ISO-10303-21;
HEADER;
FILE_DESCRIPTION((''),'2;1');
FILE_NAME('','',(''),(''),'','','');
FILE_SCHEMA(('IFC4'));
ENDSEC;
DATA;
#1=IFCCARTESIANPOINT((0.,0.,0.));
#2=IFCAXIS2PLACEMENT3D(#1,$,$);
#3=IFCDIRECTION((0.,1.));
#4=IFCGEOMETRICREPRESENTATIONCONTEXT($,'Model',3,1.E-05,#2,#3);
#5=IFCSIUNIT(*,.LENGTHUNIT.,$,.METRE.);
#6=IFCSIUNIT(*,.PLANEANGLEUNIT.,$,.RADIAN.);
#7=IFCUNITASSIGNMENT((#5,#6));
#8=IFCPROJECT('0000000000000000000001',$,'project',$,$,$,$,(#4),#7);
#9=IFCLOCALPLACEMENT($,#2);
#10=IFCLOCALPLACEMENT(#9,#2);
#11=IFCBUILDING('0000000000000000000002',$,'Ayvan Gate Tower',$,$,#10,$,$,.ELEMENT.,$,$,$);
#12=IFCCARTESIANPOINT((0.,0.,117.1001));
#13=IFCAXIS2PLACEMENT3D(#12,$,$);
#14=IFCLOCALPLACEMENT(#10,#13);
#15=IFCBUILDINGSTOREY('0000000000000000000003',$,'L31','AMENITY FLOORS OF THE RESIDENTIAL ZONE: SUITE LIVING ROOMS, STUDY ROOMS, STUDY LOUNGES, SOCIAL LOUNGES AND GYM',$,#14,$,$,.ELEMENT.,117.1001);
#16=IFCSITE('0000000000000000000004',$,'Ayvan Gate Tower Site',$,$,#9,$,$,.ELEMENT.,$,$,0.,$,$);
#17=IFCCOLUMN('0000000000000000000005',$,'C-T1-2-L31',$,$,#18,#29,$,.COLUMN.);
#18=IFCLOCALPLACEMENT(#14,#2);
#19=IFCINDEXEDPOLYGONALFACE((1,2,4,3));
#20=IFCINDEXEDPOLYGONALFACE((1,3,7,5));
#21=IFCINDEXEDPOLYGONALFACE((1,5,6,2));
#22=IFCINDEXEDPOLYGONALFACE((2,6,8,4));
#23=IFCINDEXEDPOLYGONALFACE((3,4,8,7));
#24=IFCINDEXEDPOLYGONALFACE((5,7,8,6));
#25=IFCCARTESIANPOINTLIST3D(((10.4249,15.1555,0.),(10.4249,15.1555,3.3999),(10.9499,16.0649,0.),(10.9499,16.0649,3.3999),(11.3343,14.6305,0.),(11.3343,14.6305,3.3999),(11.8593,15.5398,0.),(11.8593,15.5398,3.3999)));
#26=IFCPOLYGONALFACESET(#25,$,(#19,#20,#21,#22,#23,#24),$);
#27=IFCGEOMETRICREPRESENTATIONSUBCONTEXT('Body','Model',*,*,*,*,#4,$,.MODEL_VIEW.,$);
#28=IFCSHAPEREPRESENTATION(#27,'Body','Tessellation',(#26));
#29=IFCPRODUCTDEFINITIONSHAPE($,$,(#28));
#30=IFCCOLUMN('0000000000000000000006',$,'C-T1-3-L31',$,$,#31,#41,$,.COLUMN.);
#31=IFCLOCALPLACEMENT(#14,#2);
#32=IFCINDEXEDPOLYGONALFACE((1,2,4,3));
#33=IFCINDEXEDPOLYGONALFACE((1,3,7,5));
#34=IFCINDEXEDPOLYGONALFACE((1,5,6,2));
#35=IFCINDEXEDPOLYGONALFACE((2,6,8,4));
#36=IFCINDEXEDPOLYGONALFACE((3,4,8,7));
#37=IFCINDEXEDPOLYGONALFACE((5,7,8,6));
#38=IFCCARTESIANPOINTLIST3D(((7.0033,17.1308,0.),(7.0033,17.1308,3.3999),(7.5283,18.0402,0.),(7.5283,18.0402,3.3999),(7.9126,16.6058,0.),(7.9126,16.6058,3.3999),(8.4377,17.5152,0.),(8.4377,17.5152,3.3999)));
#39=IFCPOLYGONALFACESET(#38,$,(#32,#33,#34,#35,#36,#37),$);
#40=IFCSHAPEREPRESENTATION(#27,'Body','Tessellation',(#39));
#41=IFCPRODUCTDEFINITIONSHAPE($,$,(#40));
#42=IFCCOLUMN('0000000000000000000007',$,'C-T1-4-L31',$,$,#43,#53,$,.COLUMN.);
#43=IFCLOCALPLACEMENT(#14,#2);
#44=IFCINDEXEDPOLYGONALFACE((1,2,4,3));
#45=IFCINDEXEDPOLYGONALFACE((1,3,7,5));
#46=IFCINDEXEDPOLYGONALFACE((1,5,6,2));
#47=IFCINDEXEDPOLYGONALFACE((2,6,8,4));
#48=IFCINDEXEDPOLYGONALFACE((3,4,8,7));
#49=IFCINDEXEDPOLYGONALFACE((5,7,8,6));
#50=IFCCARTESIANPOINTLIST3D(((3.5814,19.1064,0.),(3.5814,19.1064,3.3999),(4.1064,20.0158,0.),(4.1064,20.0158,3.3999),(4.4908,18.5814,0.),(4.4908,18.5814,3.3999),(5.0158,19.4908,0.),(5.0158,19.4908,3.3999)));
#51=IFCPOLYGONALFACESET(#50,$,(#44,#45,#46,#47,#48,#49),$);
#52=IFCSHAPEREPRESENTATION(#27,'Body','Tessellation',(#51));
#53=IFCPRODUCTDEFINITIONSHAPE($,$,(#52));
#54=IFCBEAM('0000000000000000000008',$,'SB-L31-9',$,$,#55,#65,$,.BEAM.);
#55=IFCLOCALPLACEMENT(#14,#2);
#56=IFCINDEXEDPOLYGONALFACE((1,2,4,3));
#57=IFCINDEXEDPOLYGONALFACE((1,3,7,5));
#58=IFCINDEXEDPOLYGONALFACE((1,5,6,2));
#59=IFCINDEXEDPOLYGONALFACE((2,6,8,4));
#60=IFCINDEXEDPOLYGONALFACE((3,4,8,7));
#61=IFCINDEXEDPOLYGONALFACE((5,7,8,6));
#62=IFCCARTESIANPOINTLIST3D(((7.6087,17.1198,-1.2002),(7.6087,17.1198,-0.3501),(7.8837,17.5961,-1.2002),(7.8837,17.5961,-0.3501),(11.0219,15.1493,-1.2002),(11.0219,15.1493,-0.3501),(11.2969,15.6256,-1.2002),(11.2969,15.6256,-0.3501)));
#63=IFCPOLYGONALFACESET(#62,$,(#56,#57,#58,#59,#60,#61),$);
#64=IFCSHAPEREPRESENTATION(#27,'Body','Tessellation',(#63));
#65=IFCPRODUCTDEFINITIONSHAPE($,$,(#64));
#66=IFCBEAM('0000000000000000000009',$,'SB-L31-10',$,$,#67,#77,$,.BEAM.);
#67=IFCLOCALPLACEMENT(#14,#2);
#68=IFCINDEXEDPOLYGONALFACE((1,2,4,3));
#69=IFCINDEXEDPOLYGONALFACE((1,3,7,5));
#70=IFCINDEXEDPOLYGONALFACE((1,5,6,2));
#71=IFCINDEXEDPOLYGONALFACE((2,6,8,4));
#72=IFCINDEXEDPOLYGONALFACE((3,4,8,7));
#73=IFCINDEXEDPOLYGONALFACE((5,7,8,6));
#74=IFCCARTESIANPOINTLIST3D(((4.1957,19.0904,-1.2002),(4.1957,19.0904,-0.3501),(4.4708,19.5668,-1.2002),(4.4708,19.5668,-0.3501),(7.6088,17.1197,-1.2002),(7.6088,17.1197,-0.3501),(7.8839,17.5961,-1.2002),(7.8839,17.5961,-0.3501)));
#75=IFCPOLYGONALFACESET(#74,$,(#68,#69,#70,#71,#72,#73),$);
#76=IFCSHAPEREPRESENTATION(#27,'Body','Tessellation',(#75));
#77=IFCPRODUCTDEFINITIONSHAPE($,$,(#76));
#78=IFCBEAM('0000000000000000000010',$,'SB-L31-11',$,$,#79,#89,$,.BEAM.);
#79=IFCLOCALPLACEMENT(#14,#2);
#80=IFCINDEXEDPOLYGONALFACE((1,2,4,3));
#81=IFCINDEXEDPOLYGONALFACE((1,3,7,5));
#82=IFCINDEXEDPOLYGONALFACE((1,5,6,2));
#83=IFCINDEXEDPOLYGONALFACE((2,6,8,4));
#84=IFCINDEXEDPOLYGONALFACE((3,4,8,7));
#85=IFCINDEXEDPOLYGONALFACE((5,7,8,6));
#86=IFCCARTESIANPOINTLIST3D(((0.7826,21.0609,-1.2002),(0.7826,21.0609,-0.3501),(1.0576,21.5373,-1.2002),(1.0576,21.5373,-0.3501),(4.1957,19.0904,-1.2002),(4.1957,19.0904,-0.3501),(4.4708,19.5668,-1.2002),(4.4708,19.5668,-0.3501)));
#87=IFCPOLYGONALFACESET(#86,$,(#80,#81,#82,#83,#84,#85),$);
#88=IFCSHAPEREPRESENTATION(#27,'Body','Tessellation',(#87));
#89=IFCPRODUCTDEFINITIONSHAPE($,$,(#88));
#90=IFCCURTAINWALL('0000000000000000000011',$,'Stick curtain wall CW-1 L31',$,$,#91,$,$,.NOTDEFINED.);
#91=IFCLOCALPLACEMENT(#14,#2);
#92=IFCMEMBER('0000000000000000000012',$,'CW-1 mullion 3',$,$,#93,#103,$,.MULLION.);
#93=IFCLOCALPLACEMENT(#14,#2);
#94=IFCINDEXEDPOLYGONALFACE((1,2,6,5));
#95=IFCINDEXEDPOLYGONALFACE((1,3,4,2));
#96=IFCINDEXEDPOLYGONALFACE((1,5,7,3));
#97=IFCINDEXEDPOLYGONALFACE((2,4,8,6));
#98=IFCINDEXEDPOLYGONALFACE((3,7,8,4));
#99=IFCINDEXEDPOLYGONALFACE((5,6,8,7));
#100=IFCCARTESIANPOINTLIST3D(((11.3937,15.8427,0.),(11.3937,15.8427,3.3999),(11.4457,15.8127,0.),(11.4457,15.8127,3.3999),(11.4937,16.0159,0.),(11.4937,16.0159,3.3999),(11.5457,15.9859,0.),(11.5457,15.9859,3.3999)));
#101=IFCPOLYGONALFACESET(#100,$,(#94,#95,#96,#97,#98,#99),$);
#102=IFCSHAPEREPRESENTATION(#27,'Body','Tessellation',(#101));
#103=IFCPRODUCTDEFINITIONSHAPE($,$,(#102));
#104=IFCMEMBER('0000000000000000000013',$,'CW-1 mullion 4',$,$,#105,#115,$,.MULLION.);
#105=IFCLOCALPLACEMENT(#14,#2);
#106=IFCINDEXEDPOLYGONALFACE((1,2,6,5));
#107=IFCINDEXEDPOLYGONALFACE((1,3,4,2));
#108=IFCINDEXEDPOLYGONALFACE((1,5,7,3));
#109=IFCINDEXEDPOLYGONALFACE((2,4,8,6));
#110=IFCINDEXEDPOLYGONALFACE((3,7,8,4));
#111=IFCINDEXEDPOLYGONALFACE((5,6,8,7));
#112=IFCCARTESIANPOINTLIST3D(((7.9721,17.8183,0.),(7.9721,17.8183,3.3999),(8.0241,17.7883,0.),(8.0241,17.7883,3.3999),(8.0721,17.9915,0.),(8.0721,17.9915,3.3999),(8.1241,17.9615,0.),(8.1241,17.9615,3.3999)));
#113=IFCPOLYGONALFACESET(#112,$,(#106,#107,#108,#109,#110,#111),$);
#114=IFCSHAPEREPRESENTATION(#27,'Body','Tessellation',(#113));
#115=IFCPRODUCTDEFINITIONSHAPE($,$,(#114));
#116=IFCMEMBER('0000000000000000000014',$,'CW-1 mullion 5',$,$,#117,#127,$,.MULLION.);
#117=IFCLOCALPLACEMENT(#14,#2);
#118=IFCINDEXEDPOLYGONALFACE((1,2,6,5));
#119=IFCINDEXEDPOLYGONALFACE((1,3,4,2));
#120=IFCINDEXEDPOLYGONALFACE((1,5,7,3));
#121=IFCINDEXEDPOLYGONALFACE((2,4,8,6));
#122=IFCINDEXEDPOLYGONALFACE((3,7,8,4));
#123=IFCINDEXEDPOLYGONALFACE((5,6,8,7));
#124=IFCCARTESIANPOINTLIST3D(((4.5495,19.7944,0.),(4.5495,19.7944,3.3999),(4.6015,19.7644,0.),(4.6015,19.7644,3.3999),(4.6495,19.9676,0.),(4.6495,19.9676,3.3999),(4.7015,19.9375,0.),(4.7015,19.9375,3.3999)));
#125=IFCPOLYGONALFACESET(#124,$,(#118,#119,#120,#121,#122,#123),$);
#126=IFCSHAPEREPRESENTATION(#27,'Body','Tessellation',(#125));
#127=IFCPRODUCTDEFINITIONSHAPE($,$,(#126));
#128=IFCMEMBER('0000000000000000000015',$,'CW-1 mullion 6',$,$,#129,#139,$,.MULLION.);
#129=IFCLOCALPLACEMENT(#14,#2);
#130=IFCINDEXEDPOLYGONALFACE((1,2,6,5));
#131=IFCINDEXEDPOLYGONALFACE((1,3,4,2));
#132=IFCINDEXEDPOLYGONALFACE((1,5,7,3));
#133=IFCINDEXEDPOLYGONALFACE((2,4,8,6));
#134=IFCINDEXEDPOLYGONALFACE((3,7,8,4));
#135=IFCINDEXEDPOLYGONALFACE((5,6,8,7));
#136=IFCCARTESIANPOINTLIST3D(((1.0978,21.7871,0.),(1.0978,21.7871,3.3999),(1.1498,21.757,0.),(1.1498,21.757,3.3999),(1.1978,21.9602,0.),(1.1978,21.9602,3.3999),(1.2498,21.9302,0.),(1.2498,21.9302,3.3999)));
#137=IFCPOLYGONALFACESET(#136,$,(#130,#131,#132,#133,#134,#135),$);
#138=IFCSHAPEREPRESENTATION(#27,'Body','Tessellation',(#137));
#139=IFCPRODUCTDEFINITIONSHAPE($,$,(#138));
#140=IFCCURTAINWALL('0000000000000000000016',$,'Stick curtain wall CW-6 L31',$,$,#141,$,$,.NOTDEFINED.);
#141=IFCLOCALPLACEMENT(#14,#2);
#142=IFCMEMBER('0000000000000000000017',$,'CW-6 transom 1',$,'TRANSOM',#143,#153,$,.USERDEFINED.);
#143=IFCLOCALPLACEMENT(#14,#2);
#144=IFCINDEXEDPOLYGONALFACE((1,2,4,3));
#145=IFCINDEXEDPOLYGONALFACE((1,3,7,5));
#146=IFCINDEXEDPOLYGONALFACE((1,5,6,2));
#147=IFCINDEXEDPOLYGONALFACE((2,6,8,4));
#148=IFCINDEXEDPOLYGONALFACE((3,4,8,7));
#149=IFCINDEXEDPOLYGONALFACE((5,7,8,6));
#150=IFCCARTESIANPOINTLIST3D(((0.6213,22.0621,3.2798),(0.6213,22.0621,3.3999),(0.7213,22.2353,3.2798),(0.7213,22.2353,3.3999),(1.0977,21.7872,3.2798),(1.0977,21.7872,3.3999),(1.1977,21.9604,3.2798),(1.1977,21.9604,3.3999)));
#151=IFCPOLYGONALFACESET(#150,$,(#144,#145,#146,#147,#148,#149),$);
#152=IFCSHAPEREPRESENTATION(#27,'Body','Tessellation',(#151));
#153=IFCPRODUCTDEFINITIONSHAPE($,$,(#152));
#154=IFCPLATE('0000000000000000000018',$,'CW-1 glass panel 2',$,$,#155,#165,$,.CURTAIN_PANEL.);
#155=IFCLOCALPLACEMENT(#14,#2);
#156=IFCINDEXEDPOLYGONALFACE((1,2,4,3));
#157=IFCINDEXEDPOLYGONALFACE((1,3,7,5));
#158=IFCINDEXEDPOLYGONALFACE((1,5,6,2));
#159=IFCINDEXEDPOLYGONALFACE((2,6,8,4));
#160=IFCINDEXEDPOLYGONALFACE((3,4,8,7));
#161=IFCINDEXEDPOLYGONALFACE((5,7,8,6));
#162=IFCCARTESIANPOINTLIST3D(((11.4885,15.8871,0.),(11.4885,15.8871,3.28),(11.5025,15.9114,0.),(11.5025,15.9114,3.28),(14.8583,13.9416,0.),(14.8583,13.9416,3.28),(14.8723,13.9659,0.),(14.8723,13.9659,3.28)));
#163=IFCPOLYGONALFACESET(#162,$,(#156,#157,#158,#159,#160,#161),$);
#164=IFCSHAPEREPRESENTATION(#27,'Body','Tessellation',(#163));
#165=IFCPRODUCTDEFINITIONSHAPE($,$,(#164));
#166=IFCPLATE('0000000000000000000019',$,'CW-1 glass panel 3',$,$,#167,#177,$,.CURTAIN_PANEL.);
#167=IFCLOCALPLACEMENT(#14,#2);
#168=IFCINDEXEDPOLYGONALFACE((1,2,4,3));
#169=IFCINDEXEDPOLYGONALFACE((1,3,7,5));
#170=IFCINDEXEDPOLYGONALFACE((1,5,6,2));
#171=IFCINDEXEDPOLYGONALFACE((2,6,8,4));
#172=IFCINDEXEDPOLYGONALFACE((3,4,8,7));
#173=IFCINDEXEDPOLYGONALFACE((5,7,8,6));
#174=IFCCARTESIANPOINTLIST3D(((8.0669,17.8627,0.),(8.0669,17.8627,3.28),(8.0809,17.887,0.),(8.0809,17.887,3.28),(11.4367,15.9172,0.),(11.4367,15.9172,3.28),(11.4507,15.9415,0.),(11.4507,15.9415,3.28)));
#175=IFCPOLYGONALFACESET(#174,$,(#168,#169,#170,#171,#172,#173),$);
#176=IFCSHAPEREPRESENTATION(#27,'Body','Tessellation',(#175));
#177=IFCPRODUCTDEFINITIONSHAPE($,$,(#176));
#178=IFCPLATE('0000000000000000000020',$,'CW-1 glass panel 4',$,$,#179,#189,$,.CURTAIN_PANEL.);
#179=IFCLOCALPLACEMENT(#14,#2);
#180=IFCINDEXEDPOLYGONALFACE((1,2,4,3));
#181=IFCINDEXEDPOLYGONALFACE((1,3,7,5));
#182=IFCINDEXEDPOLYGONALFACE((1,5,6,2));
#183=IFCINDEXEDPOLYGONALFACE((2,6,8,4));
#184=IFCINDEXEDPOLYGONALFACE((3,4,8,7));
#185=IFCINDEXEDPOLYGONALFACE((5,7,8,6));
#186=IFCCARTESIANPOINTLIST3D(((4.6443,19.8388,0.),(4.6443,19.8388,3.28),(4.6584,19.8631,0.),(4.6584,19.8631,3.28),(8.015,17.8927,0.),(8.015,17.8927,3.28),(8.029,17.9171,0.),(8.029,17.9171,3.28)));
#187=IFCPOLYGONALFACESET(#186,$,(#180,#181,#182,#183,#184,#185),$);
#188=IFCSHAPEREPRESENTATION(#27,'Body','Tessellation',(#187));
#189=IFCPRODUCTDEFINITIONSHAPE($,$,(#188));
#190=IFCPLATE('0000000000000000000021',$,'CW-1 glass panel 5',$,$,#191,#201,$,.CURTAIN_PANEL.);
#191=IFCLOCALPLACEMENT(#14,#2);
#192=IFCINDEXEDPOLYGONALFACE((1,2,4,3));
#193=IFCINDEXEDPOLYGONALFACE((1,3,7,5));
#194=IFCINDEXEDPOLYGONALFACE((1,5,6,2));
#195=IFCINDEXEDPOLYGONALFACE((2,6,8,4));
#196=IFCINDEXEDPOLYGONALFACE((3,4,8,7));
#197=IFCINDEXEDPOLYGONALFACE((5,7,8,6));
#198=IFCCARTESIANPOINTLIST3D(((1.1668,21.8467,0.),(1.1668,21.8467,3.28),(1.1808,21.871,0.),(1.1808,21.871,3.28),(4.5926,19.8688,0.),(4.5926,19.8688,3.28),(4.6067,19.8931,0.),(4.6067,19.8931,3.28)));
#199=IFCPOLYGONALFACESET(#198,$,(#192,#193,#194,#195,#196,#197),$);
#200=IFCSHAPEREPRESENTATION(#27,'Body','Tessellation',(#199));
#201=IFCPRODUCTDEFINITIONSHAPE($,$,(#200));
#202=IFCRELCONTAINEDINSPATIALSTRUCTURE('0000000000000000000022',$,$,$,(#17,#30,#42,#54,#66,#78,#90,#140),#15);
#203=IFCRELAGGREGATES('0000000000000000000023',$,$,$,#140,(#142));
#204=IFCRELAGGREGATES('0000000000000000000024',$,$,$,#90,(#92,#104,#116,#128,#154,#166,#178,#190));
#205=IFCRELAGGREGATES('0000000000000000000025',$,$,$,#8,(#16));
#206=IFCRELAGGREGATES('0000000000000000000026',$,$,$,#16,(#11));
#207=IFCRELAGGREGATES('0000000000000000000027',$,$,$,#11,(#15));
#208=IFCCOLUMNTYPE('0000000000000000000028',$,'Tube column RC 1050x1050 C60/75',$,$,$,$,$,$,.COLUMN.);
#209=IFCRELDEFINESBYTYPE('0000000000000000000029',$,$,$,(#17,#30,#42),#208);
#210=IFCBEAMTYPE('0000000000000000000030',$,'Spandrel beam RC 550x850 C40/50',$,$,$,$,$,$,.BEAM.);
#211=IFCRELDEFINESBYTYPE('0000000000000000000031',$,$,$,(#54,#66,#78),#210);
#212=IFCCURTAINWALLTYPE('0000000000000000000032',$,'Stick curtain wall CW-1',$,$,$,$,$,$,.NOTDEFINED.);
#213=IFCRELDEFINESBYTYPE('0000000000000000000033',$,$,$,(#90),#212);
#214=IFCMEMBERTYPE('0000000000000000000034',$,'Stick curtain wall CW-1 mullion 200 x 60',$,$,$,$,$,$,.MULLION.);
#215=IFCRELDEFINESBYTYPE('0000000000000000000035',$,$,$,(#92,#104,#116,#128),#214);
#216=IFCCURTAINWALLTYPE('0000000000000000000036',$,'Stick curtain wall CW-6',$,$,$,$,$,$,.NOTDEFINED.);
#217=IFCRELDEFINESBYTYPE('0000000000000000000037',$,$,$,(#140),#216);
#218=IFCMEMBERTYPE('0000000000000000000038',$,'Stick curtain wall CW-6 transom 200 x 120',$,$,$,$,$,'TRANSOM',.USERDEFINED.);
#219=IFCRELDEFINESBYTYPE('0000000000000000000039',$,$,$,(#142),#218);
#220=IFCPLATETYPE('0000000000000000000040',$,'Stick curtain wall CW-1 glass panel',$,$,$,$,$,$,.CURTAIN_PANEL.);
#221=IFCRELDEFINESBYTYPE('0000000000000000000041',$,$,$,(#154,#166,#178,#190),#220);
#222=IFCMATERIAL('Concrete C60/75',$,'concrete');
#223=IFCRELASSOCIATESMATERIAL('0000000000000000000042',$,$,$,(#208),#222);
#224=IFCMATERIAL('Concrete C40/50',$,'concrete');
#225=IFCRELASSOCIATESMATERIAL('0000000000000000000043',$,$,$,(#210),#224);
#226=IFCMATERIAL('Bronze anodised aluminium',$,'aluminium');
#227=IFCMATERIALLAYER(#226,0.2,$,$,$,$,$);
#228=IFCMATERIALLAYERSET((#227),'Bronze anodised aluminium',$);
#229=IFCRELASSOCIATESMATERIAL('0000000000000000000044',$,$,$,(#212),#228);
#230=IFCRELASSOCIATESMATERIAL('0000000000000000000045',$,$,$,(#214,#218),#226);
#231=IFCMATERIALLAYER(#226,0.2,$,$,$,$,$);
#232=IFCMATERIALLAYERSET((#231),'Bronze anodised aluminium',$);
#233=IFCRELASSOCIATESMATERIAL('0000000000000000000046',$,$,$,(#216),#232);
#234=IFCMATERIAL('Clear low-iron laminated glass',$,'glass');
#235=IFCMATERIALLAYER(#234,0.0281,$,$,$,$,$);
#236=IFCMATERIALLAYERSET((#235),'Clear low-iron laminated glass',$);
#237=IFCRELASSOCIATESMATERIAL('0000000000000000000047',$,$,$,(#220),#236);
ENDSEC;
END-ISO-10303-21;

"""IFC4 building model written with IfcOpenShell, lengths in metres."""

from ifc_helpers import new_model, si_unit, direction, frame, origin, origin_2d, place, context, subcontext, project, spatial, rectangle, extrude, material, layer, layer_set, material_profile, profile_set, type_object, element, aggregate, save


model = new_model("IFC4")

# Units and contexts
model_context = context("Model", 3, precision=1e-05, world=origin(), true_north=direction((0.0, 1.0)))
body_context = subcontext(model_context, "Body", "Model", "MODEL_VIEW")
ifc_project = project(units=[si_unit("LENGTHUNIT", "METRE"), si_unit("PLANEANGLEUNIT", "RADIAN")], contexts=[model_context])

# Site, building, storey
site_placement = place(None, origin())
site = spatial("IfcSite", under=ifc_project, at=site_placement, Name="Ayvan Gate Tower Site", CompositionType="ELEMENT", RefElevation=0.0)
building_placement = place(site_placement, origin())
building = spatial("IfcBuilding", under=site, at=building_placement, Name="Ayvan Gate Tower", CompositionType="ELEMENT")
storey_placement = place(building_placement, frame((0.0, 0.0, 117.1001)))
storey = spatial("IfcBuildingStorey", under=building, at=storey_placement, Name="L31", Description="AMENITY FLOORS OF THE RESIDENTIAL ZONE: SUITE LIVING ROOMS, STUDY ROOMS, STUDY LOUNGES, SOCIAL LOUNGES AND GYM", CompositionType="ELEMENT", Elevation=117.1001)

# Columns
ifc_material_1 = material(Name="Concrete C60/75", Category="concrete")
ifc_material_profile_1 = material_profile(ifc_material_1, rectangle(XDim=1.05, YDim=1.05, at=origin_2d()), Name="RC 1050x1050")
ifc_profile_set_1 = profile_set([ifc_material_profile_1], Name="Concrete C60/75")
column_type = type_object("IfcColumnType", Name="Tube column RC 1050x1050 C60/75", PredefinedType="COLUMN", material=ifc_profile_set_1)
for number, where, z_axis, x_axis, name in (
    (1, (11.1421, 15.3477, 0.0), (0.0, 0.0, 1.0), (0.5, 0.866025, 0.0), "C-T1-2-L31"),
    (2, (7.7205, 17.323, 0.0), (0.0, 0.0, 1.0), (0.5, 0.866025, 0.0), "C-T1-3-L31"),
    (3, (4.2986, 19.2986, 0.0), (0.0, 0.0, 1.0), (0.5, 0.866025, 0.0), "C-T1-4-L31"),
):
    element("IfcColumn", number, at=place(storey_placement, frame(where, z_axis=z_axis, x_axis=x_axis)), inside=storey, type_object=column_type, Name=name, PredefinedType="COLUMN", context=body_context, shape_type="SweptSolid", body=[
        extrude(rectangle(XDim=1.05, YDim=1.05, at=origin_2d()), origin(), (0.0, 0.0, 1.0), 3.3999),
    ])

# Beams
ifc_material_2 = material(Name="Concrete C40/50", Category="concrete")
ifc_material_profile_2 = material_profile(ifc_material_2, rectangle(XDim=0.55, YDim=0.8501, at=origin_2d()), Name="RC 550x850")
ifc_profile_set_2 = profile_set([ifc_material_profile_2], Name="Concrete C40/50")
beam_type = type_object("IfcBeamType", Name="Spandrel beam RC 550x850 C40/50", PredefinedType="BEAM", material=ifc_profile_set_2)
for number, where, z_axis, x_axis, name in (
    (4, (11.1594, 15.3875, -0.7751), (-0.866035, 0.499983, 0.0), (-0.499983, -0.866035, 0.0), "SB-L31-9"),
    (5, (7.7463, 17.3579, -0.7751), (-0.866008, 0.50003, 0.0), (-0.50003, -0.866008, 0.0), "SB-L31-10"),
    (6, (4.3333, 19.3286, -0.7751), (-0.866035, 0.499983, 0.0), (-0.499983, -0.866035, 0.0), "SB-L31-11"),
):
    element("IfcBeam", number, at=place(storey_placement, frame(where, z_axis=z_axis, x_axis=x_axis)), inside=storey, type_object=beam_type, Name=name, PredefinedType="BEAM", context=body_context, shape_type="SweptSolid", body=[
        extrude(rectangle(XDim=0.55, YDim=0.8501, at=origin_2d()), origin(), (0.0, 0.0, 1.0), 3.9412),
    ])

# Curtain wall, members
ifc_material_3 = material(Name="Bronze anodised aluminium", Category="aluminium")
ifc_layer_1 = layer(ifc_material_3, 0.2)
ifc_layer_set_1 = layer_set([ifc_layer_1], Name="Bronze anodised aluminium")
curtain_wall_type_1 = type_object("IfcCurtainWallType", Name="Stick curtain wall CW-1", PredefinedType="NOTDEFINED", material=ifc_layer_set_1)
curtain_wall_1_placement = place(storey_placement, origin())
curtain_wall_1 = element("IfcCurtainWall", 7, at=curtain_wall_1_placement, inside=storey, type_object=curtain_wall_type_1, Name="Stick curtain wall CW-1 L31", PredefinedType="NOTDEFINED")
ifc_material_profile_3 = material_profile(ifc_material_3, rectangle(XDim=0.2, YDim=0.0601, at=origin_2d()), Name="Stick curtain wall CW-1 mullion 200 x 60")
ifc_profile_set_3 = profile_set([ifc_material_profile_3], Name="Bronze anodised aluminium")
member_type_1 = type_object("IfcMemberType", Name="Stick curtain wall CW-1 mullion 200 x 60", PredefinedType="MULLION", material=ifc_profile_set_3)
member_1_placement = place(storey_placement, frame((11.4697, 15.9143, 0.0), z_axis=(0.0, 0.0, 1.0), x_axis=(0.5, 0.866025, 0.0)))
member_1 = element("IfcMember", 8, at=member_1_placement, type_object=member_type_1, Name="CW-1 mullion 3", PredefinedType="MULLION", context=body_context, shape_type="SweptSolid", body=[
    extrude(rectangle(XDim=0.2, YDim=0.0601, at=origin_2d()), origin(), (0.0, 0.0, 1.0), 3.3999),
])
member_2_placement = place(storey_placement, frame((8.0481, 17.8899, 0.0), z_axis=(0.0, 0.0, 1.0), x_axis=(0.5, 0.866025, 0.0)))
member_2 = element("IfcMember", 9, at=member_2_placement, type_object=member_type_1, Name="CW-1 mullion 4", PredefinedType="MULLION", context=body_context, shape_type="SweptSolid", body=[
    extrude(rectangle(XDim=0.2, YDim=0.0601, at=origin_2d()), origin(), (0.0, 0.0, 1.0), 3.3999),
])
member_3_placement = place(storey_placement, frame((4.6255, 19.866, 0.0), z_axis=(0.0, 0.0, 1.0), x_axis=(0.5, 0.866025, 0.0)))
member_3 = element("IfcMember", 10, at=member_3_placement, type_object=member_type_1, Name="CW-1 mullion 5", PredefinedType="MULLION", context=body_context, shape_type="SweptSolid", body=[
    extrude(rectangle(XDim=0.2, YDim=0.0601, at=origin_2d()), origin(), (0.0, 0.0, 1.0), 3.3999),
])
member_4_placement = place(storey_placement, frame((1.1738, 21.8586, 0.0), z_axis=(0.0, 0.0, 1.0), x_axis=(0.5, 0.866025, 0.0)))
member_4 = element("IfcMember", 11, at=member_4_placement, type_object=member_type_1, Name="CW-1 mullion 6", PredefinedType="MULLION", context=body_context, shape_type="SweptSolid", body=[
    extrude(rectangle(XDim=0.2, YDim=0.0601, at=origin_2d()), origin(), (0.0, 0.0, 1.0), 3.3999),
])

# Curtain wall, member
ifc_layer_2 = layer(ifc_material_3, 0.2)
ifc_layer_set_2 = layer_set([ifc_layer_2], Name="Bronze anodised aluminium")
curtain_wall_type_2 = type_object("IfcCurtainWallType", Name="Stick curtain wall CW-6", PredefinedType="NOTDEFINED", material=ifc_layer_set_2)
curtain_wall_2_placement = place(storey_placement, origin())
curtain_wall_2 = element("IfcCurtainWall", 12, at=curtain_wall_2_placement, inside=storey, type_object=curtain_wall_type_2, Name="Stick curtain wall CW-6 L31", PredefinedType="NOTDEFINED")
ifc_material_profile_4 = material_profile(ifc_material_3, rectangle(XDim=0.2, YDim=0.1201, at=origin_2d()), Name="Stick curtain wall CW-6 transom 200 x 120")
ifc_profile_set_4 = profile_set([ifc_material_profile_4], Name="Bronze anodised aluminium")
member_type_2 = type_object("IfcMemberType", Name="Stick curtain wall CW-6 transom 200 x 120", ElementType="TRANSOM", PredefinedType="USERDEFINED", material=ifc_profile_set_4)
member_5_placement = place(storey_placement, frame((1.1477, 21.8738, 3.3398), z_axis=(-0.866104, 0.499863, 0.0), x_axis=(-0.499863, -0.866104, 0.0)))
member_5 = element("IfcMember", 13, at=member_5_placement, type_object=member_type_2, Name="CW-6 transom 1", ObjectType="TRANSOM", PredefinedType="USERDEFINED", context=body_context, shape_type="SweptSolid", body=[
    extrude(rectangle(XDim=0.2, YDim=0.1201, at=origin_2d()), origin(), (0.0, 0.0, 1.0), 0.55),
])
aggregate(curtain_wall_2, [member_5])

# Plates
ifc_material_4 = material(Name="Clear low-iron laminated glass", Category="glass")
ifc_layer_3 = layer(ifc_material_4, 0.0281)
ifc_layer_set_3 = layer_set([ifc_layer_3], Name="Clear low-iron laminated glass")
plate_type = type_object("IfcPlateType", Name="Stick curtain wall CW-1 glass panel", PredefinedType="CURTAIN_PANEL", material=ifc_layer_set_3)
plate_1_placement = place(storey_placement, frame((13.1804, 14.9265, 0.0), z_axis=(0.0, 0.0, 1.0), x_axis=(-0.866025, 0.5, 0.0)))
plate_1 = element("IfcPlate", 14, at=plate_1_placement, type_object=plate_type, Name="CW-1 glass panel 2", PredefinedType="CURTAIN_PANEL", context=body_context, shape_type="SweptSolid", body=[
    extrude(rectangle(XDim=3.8911, YDim=0.0281, at=origin_2d()), origin(), (0.0, 0.0, 1.0), 3.28),
])
plate_2_placement = place(storey_placement, frame((9.7588, 16.9021, 0.0), z_axis=(0.0, 0.0, 1.0), x_axis=(-0.866025, 0.5, 0.0)))
plate_2 = element("IfcPlate", 15, at=plate_2_placement, type_object=plate_type, Name="CW-1 glass panel 3", PredefinedType="CURTAIN_PANEL", context=body_context, shape_type="SweptSolid", body=[
    extrude(rectangle(XDim=3.8911, YDim=0.0281, at=origin_2d()), origin(), (0.0, 0.0, 1.0), 3.28),
])
plate_3_placement = place(storey_placement, frame((6.3367, 18.8779, 0.0), z_axis=(0.0, 0.0, 1.0), x_axis=(-0.866025, 0.5, 0.0)))
plate_3 = element("IfcPlate", 16, at=plate_3_placement, type_object=plate_type, Name="CW-1 glass panel 4", PredefinedType="CURTAIN_PANEL", context=body_context, shape_type="SweptSolid", body=[
    extrude(rectangle(XDim=3.8921, YDim=0.0281, at=origin_2d()), origin(), (0.0, 0.0, 1.0), 3.28),
])
plate_4_placement = place(storey_placement, frame((2.8867, 20.8699, 0.0), z_axis=(0.0, 0.0, 1.0), x_axis=(-0.866025, 0.5, 0.0)))
plate_4 = element("IfcPlate", 17, at=plate_4_placement, type_object=plate_type, Name="CW-1 glass panel 5", PredefinedType="CURTAIN_PANEL", context=body_context, shape_type="SweptSolid", body=[
    extrude(rectangle(XDim=3.9558, YDim=0.0281, at=origin_2d()), origin(), (0.0, 0.0, 1.0), 3.28),
])
aggregate(curtain_wall_1, [member_1, member_2, member_3, member_4, plate_1, plate_2, plate_3, plate_4])

save(model, "model.ifc")
